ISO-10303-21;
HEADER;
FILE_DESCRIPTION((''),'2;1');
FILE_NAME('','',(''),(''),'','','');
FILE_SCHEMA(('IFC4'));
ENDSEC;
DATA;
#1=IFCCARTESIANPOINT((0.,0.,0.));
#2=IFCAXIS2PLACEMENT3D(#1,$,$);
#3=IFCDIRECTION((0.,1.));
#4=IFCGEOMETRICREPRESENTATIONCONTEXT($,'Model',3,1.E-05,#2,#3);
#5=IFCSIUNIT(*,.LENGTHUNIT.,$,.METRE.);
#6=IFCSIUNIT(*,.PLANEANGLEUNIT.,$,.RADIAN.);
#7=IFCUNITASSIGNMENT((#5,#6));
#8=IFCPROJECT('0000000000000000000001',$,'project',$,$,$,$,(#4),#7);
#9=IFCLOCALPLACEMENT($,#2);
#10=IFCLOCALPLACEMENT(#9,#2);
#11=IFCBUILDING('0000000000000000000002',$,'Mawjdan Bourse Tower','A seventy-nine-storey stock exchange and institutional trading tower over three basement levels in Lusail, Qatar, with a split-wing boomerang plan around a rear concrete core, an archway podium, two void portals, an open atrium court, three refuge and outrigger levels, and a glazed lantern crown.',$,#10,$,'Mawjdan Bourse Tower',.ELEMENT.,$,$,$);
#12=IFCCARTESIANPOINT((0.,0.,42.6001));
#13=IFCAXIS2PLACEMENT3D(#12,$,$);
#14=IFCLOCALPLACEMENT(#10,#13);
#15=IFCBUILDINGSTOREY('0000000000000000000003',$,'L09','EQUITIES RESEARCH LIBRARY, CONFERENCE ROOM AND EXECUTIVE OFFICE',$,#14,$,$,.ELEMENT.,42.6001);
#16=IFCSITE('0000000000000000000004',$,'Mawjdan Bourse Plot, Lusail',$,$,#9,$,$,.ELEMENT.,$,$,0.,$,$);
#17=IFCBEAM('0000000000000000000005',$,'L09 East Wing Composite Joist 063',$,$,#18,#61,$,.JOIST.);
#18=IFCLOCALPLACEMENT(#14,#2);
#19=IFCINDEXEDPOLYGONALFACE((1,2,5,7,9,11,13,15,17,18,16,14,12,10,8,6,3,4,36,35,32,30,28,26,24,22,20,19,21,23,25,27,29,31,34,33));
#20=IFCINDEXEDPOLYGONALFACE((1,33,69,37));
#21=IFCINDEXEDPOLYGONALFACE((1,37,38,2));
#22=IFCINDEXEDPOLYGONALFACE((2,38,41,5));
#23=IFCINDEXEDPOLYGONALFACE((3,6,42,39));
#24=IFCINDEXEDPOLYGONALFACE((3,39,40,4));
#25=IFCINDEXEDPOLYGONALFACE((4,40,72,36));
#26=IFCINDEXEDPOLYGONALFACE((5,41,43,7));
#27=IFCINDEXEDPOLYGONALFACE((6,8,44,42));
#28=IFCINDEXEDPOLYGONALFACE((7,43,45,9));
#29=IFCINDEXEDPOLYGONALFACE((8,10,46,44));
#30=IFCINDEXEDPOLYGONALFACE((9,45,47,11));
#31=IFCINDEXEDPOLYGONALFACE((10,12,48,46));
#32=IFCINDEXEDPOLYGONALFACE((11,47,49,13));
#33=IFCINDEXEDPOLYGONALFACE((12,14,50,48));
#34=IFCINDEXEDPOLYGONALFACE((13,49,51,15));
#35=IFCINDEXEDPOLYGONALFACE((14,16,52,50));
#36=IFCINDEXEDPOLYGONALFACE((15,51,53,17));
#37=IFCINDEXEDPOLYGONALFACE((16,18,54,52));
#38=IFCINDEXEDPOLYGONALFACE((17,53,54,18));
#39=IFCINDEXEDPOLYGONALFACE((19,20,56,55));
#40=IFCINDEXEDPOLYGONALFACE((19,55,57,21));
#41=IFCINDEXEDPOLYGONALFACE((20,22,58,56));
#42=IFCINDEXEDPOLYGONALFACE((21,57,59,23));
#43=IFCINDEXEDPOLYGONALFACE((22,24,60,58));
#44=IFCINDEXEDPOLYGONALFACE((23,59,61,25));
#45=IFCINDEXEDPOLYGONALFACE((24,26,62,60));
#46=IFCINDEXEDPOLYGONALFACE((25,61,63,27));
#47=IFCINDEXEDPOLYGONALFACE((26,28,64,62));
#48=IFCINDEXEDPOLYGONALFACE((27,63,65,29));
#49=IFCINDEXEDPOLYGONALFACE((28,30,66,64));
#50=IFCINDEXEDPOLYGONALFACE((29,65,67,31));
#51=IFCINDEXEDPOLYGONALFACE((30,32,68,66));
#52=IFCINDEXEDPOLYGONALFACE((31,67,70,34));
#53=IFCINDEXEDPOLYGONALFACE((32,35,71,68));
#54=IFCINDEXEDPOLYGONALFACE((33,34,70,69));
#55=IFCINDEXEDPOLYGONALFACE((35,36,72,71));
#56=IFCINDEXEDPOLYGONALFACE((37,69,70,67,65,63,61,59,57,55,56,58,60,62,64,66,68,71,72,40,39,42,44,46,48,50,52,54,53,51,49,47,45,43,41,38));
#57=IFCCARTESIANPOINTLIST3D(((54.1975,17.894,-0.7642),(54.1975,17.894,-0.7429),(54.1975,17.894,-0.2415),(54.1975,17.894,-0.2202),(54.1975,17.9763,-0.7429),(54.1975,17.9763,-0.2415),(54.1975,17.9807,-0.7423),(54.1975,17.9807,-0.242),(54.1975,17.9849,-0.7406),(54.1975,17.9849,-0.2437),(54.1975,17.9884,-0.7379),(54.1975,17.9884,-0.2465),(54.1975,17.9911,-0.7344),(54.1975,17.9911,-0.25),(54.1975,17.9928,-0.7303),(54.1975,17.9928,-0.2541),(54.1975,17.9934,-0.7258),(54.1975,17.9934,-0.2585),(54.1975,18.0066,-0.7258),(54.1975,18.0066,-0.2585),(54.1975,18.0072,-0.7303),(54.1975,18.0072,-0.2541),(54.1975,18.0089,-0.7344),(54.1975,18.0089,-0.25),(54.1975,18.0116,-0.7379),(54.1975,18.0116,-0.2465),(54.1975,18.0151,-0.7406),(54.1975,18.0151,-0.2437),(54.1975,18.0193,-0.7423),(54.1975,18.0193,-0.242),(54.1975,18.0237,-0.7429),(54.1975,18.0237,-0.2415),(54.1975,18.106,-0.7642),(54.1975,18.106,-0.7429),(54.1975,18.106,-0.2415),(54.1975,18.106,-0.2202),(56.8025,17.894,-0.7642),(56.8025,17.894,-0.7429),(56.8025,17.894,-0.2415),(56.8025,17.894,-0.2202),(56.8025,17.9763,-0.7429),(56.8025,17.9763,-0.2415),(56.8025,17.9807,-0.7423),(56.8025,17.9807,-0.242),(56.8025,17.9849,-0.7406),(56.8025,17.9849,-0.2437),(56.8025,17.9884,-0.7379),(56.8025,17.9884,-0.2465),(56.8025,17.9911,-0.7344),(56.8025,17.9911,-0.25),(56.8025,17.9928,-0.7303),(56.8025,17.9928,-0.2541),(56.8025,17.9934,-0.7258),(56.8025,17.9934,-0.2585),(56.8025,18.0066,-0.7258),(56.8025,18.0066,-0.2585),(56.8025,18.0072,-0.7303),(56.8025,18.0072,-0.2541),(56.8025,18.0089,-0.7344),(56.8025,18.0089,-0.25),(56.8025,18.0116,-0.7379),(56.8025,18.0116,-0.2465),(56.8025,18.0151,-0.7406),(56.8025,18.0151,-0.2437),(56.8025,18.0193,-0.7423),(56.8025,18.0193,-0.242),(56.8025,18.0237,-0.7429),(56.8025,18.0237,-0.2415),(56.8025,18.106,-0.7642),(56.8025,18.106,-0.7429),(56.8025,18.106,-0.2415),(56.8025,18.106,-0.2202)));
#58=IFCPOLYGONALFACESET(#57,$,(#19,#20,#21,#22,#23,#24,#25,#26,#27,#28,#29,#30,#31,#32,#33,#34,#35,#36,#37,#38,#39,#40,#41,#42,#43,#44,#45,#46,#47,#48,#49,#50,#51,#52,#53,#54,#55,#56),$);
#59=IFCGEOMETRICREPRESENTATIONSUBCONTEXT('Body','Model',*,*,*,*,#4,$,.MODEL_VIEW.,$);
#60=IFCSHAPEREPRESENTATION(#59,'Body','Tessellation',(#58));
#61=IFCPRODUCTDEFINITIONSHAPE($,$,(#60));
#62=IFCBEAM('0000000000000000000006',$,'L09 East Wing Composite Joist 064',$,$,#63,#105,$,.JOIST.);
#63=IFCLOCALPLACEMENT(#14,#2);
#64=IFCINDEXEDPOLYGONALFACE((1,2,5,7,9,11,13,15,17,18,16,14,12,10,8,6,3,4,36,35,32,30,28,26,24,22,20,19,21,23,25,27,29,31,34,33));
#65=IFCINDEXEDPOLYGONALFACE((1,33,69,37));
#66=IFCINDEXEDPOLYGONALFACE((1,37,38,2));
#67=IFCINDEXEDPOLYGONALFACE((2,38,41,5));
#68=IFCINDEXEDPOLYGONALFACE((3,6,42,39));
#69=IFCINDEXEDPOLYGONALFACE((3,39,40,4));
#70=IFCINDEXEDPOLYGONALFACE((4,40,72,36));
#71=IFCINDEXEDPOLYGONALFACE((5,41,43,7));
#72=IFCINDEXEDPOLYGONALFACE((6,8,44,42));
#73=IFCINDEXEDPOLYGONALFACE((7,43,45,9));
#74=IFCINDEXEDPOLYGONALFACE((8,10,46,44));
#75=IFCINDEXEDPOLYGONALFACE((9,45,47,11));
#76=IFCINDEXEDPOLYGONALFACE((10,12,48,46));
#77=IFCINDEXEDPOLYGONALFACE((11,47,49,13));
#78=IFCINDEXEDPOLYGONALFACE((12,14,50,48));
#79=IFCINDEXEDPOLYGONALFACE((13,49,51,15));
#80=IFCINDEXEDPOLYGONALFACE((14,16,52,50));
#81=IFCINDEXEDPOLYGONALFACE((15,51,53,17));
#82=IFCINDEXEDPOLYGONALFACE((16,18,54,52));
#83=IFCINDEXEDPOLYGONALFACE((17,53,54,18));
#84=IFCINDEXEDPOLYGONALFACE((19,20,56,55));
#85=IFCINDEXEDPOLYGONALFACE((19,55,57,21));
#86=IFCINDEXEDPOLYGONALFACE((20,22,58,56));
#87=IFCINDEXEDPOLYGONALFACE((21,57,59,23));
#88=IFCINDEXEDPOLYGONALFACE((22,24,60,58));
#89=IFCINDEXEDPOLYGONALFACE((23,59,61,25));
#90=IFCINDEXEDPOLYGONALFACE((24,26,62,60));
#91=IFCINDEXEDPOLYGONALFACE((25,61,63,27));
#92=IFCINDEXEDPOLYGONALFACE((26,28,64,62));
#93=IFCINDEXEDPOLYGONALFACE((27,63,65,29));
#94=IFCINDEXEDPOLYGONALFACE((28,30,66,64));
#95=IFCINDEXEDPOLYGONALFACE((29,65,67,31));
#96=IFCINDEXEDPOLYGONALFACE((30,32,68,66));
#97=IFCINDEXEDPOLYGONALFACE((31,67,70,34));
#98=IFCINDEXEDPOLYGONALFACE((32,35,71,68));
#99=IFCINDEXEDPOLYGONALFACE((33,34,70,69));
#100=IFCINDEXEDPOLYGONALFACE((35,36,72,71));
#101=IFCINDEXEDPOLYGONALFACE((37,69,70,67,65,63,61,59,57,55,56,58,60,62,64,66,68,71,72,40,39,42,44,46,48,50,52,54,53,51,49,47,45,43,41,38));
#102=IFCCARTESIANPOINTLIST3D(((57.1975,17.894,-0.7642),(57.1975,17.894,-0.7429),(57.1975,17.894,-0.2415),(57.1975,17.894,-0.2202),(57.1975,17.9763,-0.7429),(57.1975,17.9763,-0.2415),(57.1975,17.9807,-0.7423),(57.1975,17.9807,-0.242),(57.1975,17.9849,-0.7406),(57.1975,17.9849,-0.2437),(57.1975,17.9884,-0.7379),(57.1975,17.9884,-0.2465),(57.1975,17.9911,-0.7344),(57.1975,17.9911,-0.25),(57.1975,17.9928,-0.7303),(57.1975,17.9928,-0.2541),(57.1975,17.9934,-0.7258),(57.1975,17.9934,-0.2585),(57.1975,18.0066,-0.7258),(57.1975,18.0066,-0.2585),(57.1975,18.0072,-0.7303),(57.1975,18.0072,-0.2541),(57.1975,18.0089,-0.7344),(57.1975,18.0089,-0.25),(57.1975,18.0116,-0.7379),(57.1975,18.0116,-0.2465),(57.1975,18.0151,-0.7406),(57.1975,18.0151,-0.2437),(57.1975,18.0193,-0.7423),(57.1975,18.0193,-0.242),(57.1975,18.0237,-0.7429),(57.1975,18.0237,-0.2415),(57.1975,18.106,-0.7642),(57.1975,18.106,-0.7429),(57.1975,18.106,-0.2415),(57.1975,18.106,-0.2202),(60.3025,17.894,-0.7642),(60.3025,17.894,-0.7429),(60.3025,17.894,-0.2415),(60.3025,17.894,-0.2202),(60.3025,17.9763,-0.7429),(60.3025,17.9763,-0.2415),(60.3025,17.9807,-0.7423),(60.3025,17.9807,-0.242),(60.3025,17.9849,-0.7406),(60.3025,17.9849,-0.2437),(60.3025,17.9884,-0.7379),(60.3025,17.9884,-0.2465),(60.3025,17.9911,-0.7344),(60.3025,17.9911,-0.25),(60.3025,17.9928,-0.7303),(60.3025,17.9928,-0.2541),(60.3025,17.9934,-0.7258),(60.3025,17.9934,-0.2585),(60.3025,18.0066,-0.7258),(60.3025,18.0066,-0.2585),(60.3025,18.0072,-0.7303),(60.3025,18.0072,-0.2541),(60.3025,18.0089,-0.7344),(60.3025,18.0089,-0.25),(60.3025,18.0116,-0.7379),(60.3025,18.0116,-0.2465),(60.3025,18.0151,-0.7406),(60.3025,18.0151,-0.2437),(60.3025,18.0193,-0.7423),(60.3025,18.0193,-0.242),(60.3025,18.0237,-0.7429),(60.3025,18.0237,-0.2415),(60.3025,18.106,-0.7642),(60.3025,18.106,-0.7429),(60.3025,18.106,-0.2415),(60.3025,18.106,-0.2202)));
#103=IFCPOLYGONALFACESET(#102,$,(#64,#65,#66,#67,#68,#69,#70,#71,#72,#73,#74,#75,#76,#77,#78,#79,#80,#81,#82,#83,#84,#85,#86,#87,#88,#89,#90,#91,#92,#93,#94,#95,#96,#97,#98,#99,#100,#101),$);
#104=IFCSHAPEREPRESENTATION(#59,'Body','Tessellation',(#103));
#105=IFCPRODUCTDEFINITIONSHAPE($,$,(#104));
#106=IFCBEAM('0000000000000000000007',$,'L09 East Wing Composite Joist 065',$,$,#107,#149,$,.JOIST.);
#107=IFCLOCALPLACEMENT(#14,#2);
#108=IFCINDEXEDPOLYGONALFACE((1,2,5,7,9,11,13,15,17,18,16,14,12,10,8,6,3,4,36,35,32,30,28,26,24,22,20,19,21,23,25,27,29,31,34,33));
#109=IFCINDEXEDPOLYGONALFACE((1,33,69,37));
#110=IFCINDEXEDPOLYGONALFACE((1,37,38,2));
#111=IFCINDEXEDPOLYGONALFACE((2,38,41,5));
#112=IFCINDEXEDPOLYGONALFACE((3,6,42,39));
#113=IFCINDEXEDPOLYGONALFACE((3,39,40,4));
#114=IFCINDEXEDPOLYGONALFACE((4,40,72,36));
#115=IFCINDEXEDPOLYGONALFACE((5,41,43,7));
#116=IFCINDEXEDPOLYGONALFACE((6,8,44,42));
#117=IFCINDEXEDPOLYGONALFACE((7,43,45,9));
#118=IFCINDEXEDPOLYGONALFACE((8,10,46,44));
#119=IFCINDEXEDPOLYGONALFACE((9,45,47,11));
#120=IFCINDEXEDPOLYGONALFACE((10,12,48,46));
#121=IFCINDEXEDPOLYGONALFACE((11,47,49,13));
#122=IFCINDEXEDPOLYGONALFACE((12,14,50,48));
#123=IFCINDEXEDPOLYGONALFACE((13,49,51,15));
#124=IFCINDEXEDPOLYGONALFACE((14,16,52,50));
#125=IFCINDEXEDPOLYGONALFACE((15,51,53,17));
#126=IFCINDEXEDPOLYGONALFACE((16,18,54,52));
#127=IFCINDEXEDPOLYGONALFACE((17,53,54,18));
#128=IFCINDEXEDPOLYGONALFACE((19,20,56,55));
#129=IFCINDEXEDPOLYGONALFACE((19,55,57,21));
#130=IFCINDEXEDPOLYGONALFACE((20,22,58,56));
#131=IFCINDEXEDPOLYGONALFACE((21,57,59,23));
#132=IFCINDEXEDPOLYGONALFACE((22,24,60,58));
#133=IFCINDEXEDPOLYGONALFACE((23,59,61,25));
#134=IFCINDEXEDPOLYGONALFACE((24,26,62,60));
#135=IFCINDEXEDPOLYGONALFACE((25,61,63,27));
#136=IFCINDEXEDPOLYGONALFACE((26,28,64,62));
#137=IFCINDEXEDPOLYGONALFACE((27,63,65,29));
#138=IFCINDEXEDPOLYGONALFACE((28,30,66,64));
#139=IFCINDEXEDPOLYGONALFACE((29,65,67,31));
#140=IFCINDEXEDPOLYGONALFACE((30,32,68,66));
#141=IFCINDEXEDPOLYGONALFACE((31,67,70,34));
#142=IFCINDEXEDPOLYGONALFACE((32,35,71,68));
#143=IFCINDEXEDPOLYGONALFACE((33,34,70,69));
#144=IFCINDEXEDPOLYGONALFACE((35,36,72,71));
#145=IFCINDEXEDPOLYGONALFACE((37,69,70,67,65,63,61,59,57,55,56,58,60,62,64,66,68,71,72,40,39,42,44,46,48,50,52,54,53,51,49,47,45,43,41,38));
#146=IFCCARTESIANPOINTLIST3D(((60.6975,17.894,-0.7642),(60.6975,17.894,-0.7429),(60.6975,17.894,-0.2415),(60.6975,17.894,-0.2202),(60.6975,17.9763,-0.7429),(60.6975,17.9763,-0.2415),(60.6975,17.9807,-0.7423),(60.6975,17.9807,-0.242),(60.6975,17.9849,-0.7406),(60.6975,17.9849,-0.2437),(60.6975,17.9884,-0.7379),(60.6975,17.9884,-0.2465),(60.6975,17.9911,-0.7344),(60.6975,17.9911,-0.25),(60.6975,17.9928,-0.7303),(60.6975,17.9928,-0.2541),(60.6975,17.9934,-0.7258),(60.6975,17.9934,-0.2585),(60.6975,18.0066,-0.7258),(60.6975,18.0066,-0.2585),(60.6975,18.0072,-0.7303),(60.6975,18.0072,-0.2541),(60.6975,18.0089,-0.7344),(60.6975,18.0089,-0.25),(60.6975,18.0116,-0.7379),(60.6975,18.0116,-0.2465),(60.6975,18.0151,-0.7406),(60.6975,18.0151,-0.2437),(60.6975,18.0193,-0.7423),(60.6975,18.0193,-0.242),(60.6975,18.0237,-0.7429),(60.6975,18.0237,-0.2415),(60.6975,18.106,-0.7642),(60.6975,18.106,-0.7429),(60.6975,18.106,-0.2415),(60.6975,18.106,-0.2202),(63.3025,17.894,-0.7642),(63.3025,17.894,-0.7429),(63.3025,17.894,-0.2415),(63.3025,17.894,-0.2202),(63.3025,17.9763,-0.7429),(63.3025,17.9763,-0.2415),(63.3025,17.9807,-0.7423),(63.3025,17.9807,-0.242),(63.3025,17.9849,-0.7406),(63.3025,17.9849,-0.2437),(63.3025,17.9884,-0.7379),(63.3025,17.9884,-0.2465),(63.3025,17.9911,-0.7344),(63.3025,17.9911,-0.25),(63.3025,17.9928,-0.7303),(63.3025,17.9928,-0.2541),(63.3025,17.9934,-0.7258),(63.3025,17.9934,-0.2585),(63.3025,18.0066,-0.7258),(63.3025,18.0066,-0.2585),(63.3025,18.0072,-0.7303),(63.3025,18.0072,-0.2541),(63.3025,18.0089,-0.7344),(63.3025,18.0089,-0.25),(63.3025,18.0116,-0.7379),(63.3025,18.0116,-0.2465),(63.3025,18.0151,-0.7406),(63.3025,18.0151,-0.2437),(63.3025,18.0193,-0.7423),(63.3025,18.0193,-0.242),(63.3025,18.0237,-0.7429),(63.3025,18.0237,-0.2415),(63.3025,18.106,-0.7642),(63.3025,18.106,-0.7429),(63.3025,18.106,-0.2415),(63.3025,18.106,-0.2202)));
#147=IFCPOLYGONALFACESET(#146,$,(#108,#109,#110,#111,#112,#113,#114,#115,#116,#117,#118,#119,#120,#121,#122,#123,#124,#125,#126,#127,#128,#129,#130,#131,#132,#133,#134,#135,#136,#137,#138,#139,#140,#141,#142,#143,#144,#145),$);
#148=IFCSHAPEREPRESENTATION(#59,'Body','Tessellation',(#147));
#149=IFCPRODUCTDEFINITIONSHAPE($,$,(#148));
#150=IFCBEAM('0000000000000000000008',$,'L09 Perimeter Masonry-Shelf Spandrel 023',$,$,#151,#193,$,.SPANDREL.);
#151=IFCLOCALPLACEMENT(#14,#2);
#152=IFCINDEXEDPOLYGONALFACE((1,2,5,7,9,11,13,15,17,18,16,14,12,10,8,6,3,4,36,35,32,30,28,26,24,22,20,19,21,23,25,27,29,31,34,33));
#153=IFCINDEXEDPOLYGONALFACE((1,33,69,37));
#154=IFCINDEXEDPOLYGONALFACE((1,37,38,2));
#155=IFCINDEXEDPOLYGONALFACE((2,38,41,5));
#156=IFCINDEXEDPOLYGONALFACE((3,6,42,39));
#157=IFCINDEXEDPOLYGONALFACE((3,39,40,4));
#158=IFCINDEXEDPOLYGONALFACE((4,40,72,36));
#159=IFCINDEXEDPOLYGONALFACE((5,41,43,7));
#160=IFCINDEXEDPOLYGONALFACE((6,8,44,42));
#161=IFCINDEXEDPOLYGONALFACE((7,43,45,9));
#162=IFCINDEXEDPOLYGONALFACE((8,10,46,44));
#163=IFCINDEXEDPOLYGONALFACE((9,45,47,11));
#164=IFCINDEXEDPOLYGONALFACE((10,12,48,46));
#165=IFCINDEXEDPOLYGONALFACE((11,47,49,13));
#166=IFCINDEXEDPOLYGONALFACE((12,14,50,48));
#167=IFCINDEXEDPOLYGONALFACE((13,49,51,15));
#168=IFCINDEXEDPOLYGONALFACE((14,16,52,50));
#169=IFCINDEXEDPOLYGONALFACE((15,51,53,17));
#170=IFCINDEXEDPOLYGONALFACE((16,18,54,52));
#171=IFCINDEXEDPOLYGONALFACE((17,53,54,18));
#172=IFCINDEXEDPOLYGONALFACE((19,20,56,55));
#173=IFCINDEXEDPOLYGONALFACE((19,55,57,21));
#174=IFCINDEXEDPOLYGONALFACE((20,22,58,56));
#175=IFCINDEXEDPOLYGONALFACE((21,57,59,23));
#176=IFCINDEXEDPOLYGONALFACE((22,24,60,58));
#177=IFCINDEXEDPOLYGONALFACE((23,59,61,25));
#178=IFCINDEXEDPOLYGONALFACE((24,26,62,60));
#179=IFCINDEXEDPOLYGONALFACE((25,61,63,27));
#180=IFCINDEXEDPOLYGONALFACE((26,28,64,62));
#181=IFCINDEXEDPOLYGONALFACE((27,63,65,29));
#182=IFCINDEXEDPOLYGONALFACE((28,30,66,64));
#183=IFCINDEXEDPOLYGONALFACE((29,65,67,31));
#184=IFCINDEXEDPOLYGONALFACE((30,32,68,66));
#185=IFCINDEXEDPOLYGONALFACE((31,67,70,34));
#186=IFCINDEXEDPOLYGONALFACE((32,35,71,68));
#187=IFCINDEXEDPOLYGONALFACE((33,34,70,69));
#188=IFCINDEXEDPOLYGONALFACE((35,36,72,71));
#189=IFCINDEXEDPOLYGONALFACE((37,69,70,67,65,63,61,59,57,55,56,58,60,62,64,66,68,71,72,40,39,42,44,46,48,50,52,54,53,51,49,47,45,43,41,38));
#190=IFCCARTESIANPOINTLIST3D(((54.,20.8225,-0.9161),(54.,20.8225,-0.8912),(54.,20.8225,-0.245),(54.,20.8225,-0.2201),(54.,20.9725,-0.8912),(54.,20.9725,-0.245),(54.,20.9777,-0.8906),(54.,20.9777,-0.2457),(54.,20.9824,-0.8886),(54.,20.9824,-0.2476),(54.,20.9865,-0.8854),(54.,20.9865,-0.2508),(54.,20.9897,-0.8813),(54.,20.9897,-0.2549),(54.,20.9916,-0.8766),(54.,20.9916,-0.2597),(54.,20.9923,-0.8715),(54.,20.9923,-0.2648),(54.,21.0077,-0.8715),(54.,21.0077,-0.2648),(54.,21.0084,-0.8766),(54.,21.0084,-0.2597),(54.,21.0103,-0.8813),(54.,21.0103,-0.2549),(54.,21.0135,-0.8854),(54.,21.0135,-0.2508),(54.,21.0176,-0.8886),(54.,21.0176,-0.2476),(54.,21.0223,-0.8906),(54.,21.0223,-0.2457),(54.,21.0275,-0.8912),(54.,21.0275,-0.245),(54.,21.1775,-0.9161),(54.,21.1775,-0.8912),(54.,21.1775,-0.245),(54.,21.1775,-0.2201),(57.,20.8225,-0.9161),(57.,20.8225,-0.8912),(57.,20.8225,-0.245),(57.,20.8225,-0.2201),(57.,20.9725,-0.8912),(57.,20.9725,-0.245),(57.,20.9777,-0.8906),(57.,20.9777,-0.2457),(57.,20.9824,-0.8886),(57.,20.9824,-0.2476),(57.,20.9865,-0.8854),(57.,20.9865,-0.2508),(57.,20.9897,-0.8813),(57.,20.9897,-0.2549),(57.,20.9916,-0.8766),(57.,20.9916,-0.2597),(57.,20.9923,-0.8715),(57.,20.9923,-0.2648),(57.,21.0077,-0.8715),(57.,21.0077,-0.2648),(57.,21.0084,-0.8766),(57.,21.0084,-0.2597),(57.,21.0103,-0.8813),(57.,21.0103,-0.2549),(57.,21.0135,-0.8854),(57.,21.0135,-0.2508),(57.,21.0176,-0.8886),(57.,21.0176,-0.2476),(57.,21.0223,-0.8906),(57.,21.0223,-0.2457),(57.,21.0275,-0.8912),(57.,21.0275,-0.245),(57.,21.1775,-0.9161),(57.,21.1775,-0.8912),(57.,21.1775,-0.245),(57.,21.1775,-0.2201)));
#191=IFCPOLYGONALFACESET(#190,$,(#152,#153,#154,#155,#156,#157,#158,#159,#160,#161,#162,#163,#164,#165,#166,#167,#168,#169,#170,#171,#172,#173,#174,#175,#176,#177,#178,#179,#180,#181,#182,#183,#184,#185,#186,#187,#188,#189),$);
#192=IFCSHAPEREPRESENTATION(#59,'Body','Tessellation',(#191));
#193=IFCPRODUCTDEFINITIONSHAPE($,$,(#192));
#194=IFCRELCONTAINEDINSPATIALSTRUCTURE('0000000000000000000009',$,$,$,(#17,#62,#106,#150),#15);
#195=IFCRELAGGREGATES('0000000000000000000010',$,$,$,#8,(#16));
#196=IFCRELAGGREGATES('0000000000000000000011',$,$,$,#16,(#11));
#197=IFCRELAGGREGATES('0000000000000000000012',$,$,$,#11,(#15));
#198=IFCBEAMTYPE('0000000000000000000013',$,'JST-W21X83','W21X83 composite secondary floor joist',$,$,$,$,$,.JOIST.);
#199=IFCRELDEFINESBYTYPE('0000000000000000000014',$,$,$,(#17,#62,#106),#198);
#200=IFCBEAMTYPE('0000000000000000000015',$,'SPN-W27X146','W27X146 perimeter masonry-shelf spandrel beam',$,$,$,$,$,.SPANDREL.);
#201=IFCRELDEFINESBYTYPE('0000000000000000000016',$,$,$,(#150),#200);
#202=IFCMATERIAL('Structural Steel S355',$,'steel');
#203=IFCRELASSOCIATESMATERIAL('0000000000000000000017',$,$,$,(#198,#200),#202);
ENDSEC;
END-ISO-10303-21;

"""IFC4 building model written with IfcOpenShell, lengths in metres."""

from ifc_helpers import new_model, si_unit, direction, frame, origin, origin_2d, place, context, subcontext, project, spatial, i_section, extrude, material, material_profile, profile_set, type_object, element, save


model = new_model("IFC4")

# Units and contexts
model_context = context("Model", 3, precision=1e-05, world=origin(), true_north=direction((0.0, 1.0)))
body_context = subcontext(model_context, "Body", "Model", "MODEL_VIEW")
ifc_project = project(units=[si_unit("LENGTHUNIT", "METRE"), si_unit("PLANEANGLEUNIT", "RADIAN")], contexts=[model_context])

# Site, building, storey
site_placement = place(None, origin())
site = spatial("IfcSite", under=ifc_project, at=site_placement, Name="Mawjdan Bourse Plot, Lusail", CompositionType="ELEMENT", RefElevation=0.0)
building_placement = place(site_placement, origin())
building = spatial("IfcBuilding", under=site, at=building_placement, Name="Mawjdan Bourse Tower", Description="A seventy-nine-storey stock exchange and institutional trading tower over three basement levels in Lusail, Qatar, with a split-wing boomerang plan around a rear concrete core, an archway podium, two void portals, an open atrium court, three refuge and outrigger levels, and a glazed lantern crown.", LongName="Mawjdan Bourse Tower", CompositionType="ELEMENT")
storey_placement = place(building_placement, frame((0.0, 0.0, 42.6001)))
storey = spatial("IfcBuildingStorey", under=building, at=storey_placement, Name="L09", Description="EQUITIES RESEARCH LIBRARY, CONFERENCE ROOM AND EXECUTIVE OFFICE", CompositionType="ELEMENT", Elevation=42.6001)

# Beams
ifc_material_1 = material(Name="Structural Steel S355", Category="steel")
ifc_material_profile_1 = material_profile(ifc_material_1, i_section(OverallWidth=0.2119, OverallDepth=0.5439, WebThickness=0.0132, FlangeThickness=0.0212, FilletRadius=0.0171, at=origin_2d()), Name="W21X83")
ifc_profile_set_1 = profile_set([ifc_material_profile_1], Name="Structural Steel S355")
beam_type_1 = type_object("IfcBeamType", Name="JST-W21X83", Description="W21X83 composite secondary floor joist", PredefinedType="JOIST", material=ifc_profile_set_1)
for number, where, z_axis, x_axis, name in (
    (1, (54.1975, 18.0, -0.4922), (1.0, 0.0, 0.0), (0.0, 1.0, 0.0), "L09 East Wing Composite Joist 063"),
):
    element("IfcBeam", number, at=place(storey_placement, frame(where, z_axis=z_axis, x_axis=x_axis)), inside=storey, type_object=beam_type_1, Name=name, PredefinedType="JOIST", context=body_context, shape_type="SweptSolid", body=[
        extrude(i_section(OverallWidth=0.2119, OverallDepth=0.5439, WebThickness=0.0132, FlangeThickness=0.0212, FilletRadius=0.0171, at=origin_2d()), origin(), (0.0, 0.0, 1.0), 2.605),
    ])
beam_1_placement = place(storey_placement, frame((57.1975, 18.0, -0.4922), z_axis=(1.0, 0.0, 0.0), x_axis=(0.0, 1.0, 0.0)))
element("IfcBeam", 2, at=beam_1_placement, inside=storey, type_object=beam_type_1, Name="L09 East Wing Composite Joist 064", PredefinedType="JOIST", context=body_context, shape_type="SweptSolid", body=[
    extrude(i_section(OverallWidth=0.2119, OverallDepth=0.5439, WebThickness=0.0132, FlangeThickness=0.0212, FilletRadius=0.0171, at=origin_2d()), origin(), (0.0, 0.0, 1.0), 3.105),
])
beam_2_placement = place(storey_placement, frame((60.6975, 18.0, -0.4922), z_axis=(1.0, 0.0, 0.0), x_axis=(0.0, 1.0, 0.0)))
element("IfcBeam", 3, at=beam_2_placement, inside=storey, type_object=beam_type_1, Name="L09 East Wing Composite Joist 065", PredefinedType="JOIST", context=body_context, shape_type="SweptSolid", body=[
    extrude(i_section(OverallWidth=0.2119, OverallDepth=0.5439, WebThickness=0.0132, FlangeThickness=0.0212, FilletRadius=0.0171, at=origin_2d()), origin(), (0.0, 0.0, 1.0), 2.605),
])
ifc_material_profile_2 = material_profile(ifc_material_1, i_section(OverallWidth=0.355, OverallDepth=0.696, WebThickness=0.0154, FlangeThickness=0.0249, FilletRadius=0.0198, at=origin_2d()), Name="W27X146")
ifc_profile_set_2 = profile_set([ifc_material_profile_2], Name="Structural Steel S355")
beam_type_2 = type_object("IfcBeamType", Name="SPN-W27X146", Description="W27X146 perimeter masonry-shelf spandrel beam", PredefinedType="SPANDREL", material=ifc_profile_set_2)
beam_3_placement = place(storey_placement, frame((54.0, 21.0, -0.5681), z_axis=(1.0, 0.0, 0.0), x_axis=(0.0, 1.0, 0.0)))
element("IfcBeam", 4, at=beam_3_placement, inside=storey, type_object=beam_type_2, Name="L09 Perimeter Masonry-Shelf Spandrel 023", PredefinedType="SPANDREL", context=body_context, shape_type="SweptSolid", body=[
    extrude(i_section(OverallWidth=0.355, OverallDepth=0.696, WebThickness=0.0154, FlangeThickness=0.0249, FilletRadius=0.0198, at=origin_2d()), origin(), (0.0, 0.0, 1.0), 3.0),
])

save(model, "model.ifc")
